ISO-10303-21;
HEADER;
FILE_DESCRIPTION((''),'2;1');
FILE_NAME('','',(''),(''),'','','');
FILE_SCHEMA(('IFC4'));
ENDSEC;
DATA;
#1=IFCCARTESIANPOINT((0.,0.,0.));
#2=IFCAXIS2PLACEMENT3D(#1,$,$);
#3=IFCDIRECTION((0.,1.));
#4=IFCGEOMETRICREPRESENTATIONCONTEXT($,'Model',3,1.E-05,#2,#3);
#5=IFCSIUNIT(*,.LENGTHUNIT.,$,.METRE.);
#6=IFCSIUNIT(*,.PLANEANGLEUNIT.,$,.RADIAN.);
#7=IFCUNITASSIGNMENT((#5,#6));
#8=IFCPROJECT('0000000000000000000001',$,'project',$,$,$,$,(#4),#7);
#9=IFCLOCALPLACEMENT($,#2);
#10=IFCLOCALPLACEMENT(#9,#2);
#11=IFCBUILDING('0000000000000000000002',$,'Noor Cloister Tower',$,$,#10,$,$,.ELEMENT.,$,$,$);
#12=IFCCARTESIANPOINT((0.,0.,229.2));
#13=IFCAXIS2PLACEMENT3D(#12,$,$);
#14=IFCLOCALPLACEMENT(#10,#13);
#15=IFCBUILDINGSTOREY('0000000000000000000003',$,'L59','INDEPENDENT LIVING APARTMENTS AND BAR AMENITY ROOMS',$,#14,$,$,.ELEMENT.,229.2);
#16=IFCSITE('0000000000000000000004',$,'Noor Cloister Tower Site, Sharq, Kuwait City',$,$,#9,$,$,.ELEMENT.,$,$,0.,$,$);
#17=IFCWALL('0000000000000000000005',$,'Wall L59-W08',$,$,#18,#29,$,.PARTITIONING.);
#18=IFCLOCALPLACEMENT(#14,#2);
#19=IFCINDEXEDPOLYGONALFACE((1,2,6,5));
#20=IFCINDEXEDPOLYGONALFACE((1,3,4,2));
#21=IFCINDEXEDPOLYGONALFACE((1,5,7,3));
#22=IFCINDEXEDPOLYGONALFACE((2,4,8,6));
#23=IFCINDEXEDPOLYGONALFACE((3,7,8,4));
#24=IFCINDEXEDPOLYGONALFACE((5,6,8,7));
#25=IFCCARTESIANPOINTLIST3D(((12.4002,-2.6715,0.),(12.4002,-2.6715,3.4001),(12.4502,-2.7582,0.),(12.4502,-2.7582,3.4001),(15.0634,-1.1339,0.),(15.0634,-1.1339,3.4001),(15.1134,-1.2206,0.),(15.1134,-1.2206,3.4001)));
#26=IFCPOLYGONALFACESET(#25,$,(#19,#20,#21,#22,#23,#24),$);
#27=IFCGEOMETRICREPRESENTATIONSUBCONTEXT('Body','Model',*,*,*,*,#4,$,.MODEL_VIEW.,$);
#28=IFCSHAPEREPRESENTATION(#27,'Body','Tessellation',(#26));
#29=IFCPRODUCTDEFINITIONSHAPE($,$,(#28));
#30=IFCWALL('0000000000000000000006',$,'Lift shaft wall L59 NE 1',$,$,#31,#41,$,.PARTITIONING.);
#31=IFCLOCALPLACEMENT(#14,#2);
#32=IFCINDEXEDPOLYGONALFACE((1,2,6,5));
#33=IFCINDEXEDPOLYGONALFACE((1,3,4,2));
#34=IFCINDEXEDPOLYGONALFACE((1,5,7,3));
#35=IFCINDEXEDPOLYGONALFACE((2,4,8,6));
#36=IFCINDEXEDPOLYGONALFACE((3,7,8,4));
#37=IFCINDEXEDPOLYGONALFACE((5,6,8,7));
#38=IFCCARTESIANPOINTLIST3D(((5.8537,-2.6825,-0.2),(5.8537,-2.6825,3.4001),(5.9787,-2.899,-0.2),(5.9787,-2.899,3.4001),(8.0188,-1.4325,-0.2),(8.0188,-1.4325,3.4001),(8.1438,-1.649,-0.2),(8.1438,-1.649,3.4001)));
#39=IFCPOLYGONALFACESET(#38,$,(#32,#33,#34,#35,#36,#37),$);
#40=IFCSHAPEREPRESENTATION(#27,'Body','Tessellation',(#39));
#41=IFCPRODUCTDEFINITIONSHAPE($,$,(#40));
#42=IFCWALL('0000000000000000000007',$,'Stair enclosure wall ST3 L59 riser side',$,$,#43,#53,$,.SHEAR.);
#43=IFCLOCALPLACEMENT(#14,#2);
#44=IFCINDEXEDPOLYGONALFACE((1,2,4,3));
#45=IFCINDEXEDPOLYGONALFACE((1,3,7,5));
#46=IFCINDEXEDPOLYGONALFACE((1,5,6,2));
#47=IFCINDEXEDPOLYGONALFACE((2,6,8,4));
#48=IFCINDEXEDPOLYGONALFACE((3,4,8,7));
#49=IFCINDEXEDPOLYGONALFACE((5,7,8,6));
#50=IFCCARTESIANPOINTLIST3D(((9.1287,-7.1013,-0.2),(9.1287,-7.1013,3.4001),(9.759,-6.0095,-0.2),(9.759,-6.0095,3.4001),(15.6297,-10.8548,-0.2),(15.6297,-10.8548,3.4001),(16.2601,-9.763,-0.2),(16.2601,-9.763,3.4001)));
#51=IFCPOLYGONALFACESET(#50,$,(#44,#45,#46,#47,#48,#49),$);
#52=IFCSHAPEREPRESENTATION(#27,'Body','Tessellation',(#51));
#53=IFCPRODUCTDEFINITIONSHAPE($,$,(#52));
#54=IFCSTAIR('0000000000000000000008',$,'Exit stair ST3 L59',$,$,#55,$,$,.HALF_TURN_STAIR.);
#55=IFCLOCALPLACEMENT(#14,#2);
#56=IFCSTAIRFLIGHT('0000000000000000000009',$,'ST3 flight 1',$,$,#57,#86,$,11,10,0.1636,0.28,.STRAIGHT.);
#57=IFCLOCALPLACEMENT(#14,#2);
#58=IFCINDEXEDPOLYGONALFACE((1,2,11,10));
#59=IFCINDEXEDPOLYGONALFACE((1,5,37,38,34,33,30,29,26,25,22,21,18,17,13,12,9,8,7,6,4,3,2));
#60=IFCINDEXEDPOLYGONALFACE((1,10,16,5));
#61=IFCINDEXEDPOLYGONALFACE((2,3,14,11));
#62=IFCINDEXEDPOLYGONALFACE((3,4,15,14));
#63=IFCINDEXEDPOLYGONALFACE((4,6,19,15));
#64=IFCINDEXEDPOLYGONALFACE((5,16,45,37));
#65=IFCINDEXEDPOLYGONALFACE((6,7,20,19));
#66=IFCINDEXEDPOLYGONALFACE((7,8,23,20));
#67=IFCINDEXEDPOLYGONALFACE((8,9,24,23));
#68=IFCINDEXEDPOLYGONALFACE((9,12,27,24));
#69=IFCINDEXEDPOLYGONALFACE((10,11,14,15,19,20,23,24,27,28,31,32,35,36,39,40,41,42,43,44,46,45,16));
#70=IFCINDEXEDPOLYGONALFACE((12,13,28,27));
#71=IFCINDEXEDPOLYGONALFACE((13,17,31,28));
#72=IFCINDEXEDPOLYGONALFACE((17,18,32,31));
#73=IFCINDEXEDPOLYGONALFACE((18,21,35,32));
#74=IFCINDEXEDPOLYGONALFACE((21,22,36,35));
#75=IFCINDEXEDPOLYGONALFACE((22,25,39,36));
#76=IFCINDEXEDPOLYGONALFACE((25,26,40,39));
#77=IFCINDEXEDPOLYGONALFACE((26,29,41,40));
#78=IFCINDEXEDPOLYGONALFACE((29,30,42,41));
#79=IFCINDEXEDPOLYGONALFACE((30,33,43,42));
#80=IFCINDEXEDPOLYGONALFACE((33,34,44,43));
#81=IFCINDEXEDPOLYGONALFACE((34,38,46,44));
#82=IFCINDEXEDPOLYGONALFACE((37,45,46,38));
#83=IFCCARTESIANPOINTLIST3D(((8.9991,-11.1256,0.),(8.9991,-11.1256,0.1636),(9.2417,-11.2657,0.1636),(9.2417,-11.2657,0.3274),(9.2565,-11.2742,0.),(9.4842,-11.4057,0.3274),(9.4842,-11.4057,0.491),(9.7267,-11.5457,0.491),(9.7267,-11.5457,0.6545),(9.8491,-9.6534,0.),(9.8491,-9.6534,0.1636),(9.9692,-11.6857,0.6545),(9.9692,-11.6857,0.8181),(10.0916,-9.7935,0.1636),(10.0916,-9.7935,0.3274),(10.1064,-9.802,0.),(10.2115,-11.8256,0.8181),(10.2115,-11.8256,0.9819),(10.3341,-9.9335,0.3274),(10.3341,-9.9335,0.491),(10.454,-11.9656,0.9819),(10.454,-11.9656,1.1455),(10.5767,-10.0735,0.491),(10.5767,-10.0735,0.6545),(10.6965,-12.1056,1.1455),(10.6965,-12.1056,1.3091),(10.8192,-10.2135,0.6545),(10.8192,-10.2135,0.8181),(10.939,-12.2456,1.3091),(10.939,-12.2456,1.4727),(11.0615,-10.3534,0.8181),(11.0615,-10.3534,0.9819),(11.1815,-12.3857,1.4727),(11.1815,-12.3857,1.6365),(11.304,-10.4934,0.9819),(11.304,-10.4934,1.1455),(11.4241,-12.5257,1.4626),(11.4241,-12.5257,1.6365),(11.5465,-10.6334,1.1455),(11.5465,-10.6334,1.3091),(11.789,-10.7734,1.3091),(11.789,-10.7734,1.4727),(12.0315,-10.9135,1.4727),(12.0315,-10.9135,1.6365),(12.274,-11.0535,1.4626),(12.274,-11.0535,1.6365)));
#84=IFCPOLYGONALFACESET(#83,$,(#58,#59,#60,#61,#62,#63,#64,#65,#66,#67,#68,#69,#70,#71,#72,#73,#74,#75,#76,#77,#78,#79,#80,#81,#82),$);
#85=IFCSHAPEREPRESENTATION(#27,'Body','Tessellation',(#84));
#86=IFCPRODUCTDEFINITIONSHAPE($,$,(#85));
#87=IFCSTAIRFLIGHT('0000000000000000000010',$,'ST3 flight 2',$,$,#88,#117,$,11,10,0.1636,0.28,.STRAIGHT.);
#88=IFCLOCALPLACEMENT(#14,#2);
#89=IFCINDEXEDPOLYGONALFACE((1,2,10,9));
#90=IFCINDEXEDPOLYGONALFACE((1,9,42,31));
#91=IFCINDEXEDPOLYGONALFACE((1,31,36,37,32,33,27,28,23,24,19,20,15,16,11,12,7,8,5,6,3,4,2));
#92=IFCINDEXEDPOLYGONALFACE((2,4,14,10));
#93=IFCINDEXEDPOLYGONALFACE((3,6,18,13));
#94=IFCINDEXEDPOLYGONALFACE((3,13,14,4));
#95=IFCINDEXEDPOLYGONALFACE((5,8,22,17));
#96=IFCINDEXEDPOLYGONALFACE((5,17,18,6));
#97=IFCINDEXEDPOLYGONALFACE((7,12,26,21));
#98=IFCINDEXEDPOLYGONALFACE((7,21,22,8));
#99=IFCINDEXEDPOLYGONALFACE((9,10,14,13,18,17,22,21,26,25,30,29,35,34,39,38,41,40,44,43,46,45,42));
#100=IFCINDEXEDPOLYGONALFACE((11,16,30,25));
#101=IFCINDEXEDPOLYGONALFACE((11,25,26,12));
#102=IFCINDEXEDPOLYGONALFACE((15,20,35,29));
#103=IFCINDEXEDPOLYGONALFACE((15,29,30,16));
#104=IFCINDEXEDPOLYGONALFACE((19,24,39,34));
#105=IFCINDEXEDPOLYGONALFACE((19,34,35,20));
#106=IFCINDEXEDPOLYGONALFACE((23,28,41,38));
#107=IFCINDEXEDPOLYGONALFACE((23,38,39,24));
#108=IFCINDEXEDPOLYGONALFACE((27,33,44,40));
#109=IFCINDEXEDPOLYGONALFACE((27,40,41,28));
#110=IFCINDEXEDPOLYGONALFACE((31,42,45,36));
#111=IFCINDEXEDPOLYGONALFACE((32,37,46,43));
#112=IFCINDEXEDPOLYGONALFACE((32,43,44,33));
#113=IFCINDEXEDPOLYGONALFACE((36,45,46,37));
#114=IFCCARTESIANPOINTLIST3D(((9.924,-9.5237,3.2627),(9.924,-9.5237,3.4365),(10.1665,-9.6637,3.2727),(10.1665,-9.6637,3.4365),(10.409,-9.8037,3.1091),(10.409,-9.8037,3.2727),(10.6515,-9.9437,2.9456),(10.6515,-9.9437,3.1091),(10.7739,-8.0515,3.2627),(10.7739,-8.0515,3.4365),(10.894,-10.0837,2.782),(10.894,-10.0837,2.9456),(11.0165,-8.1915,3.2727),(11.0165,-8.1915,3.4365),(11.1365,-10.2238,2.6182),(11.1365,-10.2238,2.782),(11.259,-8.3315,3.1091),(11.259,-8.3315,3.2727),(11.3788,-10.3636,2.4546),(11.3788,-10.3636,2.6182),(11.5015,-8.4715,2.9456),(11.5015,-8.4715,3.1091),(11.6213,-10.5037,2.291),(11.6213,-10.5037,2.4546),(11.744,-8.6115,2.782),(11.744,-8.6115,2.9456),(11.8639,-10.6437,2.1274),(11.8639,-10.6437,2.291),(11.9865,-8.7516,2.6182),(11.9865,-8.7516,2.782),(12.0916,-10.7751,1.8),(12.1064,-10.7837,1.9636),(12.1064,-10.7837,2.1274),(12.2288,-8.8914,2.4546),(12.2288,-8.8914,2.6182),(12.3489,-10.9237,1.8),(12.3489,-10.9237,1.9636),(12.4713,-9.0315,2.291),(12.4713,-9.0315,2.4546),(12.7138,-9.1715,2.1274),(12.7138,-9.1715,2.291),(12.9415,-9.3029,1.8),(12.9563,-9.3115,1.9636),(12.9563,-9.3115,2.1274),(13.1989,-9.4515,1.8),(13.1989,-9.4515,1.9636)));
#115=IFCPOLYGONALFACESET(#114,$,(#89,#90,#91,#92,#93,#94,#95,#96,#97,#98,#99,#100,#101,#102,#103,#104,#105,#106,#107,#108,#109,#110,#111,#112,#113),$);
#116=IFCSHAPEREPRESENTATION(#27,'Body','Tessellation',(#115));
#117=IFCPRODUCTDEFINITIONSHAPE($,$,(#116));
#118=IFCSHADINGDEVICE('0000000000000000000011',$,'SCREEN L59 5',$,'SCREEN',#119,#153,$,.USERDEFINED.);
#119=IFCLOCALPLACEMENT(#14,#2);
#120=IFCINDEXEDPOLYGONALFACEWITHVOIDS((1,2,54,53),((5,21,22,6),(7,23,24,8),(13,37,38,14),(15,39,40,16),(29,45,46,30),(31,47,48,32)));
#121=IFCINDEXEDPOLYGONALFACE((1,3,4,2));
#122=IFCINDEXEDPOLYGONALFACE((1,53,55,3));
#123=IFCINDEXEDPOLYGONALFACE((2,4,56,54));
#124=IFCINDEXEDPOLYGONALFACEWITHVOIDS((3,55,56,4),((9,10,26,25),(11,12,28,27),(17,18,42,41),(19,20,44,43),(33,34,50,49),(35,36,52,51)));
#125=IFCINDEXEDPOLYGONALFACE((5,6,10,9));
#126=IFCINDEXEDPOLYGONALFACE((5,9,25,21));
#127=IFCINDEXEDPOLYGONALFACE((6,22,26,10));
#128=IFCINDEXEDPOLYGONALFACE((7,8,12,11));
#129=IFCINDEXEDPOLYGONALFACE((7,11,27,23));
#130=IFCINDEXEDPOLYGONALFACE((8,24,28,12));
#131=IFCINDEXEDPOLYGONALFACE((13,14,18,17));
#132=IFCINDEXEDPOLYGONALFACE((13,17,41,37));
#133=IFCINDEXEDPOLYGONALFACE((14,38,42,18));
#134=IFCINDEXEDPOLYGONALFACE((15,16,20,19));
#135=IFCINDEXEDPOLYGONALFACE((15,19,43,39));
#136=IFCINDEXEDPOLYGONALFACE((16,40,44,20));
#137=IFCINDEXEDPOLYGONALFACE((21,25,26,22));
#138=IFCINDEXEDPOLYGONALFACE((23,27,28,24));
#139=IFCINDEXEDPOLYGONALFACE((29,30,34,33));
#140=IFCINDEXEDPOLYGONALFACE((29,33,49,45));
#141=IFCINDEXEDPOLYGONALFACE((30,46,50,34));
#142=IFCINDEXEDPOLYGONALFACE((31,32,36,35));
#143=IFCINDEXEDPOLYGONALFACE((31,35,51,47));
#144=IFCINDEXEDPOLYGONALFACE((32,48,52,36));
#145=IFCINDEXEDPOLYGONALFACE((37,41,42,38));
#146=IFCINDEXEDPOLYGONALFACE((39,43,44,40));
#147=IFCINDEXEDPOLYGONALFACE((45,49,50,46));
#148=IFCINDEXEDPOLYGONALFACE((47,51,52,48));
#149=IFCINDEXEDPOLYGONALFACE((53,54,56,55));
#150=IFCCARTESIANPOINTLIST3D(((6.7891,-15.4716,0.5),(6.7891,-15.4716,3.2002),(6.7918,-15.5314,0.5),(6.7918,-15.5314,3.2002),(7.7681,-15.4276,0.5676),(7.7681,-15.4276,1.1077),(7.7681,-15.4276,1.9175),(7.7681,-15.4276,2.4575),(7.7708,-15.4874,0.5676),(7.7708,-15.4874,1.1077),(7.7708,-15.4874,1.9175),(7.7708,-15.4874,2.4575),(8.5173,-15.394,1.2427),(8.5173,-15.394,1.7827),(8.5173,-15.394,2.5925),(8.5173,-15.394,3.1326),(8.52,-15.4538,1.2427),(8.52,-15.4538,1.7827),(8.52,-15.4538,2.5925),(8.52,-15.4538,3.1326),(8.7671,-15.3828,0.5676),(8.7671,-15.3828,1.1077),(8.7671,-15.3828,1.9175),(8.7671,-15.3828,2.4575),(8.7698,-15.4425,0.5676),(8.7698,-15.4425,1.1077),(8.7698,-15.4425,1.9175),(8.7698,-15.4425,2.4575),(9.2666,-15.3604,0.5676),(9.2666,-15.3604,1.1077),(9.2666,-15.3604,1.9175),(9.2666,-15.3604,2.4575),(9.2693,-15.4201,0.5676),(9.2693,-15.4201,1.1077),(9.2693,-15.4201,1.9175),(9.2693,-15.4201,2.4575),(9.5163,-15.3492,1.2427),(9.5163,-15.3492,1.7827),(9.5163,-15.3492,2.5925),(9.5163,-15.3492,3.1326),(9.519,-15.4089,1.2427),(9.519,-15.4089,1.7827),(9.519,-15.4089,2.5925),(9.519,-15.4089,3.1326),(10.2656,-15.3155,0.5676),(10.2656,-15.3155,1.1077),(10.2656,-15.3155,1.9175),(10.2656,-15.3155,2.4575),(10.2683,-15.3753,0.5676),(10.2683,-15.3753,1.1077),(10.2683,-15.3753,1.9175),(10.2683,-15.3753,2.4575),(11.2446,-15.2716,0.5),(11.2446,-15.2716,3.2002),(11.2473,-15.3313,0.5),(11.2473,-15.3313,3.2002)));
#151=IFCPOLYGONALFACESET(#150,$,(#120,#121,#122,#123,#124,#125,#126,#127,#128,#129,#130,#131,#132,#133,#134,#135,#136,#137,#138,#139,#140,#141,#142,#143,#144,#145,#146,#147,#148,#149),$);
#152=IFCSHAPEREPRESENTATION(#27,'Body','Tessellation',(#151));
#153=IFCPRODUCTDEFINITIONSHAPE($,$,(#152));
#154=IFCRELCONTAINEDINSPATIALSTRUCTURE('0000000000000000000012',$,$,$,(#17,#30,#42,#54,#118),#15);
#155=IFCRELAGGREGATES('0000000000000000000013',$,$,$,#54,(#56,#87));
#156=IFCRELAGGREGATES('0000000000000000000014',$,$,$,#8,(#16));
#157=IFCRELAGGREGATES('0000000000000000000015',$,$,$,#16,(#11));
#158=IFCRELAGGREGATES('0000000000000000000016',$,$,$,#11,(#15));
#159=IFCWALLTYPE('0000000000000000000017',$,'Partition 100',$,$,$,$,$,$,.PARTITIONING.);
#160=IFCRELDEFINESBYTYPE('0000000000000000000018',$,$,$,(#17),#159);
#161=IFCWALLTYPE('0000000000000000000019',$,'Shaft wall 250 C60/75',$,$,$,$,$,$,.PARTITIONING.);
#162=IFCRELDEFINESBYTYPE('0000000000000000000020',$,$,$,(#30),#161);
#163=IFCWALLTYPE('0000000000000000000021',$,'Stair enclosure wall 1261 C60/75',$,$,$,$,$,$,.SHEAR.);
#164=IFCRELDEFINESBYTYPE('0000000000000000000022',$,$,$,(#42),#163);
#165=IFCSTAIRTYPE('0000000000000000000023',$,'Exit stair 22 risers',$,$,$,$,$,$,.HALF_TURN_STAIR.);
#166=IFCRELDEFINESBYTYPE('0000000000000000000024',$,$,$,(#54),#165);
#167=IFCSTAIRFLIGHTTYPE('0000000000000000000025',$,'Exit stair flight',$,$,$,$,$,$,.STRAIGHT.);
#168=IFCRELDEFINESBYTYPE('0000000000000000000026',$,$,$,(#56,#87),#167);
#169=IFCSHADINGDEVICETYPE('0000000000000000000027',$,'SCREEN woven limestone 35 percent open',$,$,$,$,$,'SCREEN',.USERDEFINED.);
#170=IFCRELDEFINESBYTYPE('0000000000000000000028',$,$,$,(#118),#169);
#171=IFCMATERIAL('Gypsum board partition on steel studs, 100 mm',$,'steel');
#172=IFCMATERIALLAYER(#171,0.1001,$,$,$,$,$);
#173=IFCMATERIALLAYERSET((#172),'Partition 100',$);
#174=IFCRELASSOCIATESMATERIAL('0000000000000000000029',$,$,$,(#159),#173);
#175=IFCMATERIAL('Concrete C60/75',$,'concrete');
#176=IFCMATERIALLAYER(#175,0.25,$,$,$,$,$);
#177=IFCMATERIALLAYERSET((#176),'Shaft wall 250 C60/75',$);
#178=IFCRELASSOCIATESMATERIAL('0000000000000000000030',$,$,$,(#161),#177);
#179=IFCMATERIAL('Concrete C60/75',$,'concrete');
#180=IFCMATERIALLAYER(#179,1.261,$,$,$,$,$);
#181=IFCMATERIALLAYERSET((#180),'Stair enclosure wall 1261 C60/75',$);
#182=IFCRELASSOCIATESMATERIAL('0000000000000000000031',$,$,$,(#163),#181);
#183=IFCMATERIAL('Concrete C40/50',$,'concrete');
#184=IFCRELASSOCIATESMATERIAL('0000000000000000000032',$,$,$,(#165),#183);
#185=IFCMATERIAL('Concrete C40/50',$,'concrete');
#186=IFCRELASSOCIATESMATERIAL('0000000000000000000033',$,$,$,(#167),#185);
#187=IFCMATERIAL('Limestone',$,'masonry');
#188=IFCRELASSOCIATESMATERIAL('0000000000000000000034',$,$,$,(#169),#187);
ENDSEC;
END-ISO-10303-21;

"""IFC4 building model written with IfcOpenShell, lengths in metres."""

from ifc_helpers import new_model, si_unit, direction, frame, frame_2d, origin, place, context, subcontext, project, spatial, polyline, rectangle, outline, extrude, material, layer, layer_set, material_profile, profile_set, type_object, element, aggregate, save


model = new_model("IFC4")

# Units and contexts
model_context = context("Model", 3, precision=1e-05, world=origin(), true_north=direction((0.0, 1.0)))
body_context = subcontext(model_context, "Body", "Model", "MODEL_VIEW")
ifc_project = project(units=[si_unit("LENGTHUNIT", "METRE"), si_unit("PLANEANGLEUNIT", "RADIAN")], contexts=[model_context])

# Site, building, storey
site_placement = place(None, origin())
site = spatial("IfcSite", under=ifc_project, at=site_placement, Name="Noor Cloister Tower Site, Sharq, Kuwait City", CompositionType="ELEMENT", RefElevation=0.0)
building_placement = place(site_placement, origin())
building = spatial("IfcBuilding", under=site, at=building_placement, Name="Noor Cloister Tower", CompositionType="ELEMENT")
storey_placement = place(building_placement, frame((0.0, 0.0, 229.2)))
storey = spatial("IfcBuildingStorey", under=building, at=storey_placement, Name="L59", Description="INDEPENDENT LIVING APARTMENTS AND BAR AMENITY ROOMS", CompositionType="ELEMENT", Elevation=229.2)

# Walls
ifc_material_1 = material(Name="Gypsum board partition on steel studs, 100 mm", Category="steel")
ifc_layer_1 = layer(ifc_material_1, 0.1001)
ifc_layer_set_1 = layer_set([ifc_layer_1], Name="Partition 100")
wall_type_1 = type_object("IfcWallType", Name="Partition 100", PredefinedType="PARTITIONING", material=ifc_layer_set_1)
wall_1_placement = place(storey_placement, frame((15.0884, -1.1772, 0.0), z_axis=(0.0, 0.0, 1.0), x_axis=(-0.866016, -0.500016, 0.0)))
element("IfcWall", 1, at=wall_1_placement, inside=storey, type_object=wall_type_1, Name="Wall L59-W08", PredefinedType="PARTITIONING", context=body_context, shape_type="SweptSolid", body=[
    extrude(rectangle(XDim=3.0752, YDim=0.1001, at=frame_2d((1.5376, 0.0))), origin(), (0.0, 0.0, 1.0), 3.4001),
])
ifc_material_2 = material(Name="Concrete C60/75", Category="concrete")
ifc_layer_2 = layer(ifc_material_2, 0.25)
ifc_layer_set_2 = layer_set([ifc_layer_2], Name="Shaft wall 250 C60/75")
wall_type_2 = type_object("IfcWallType", Name="Shaft wall 250 C60/75", PredefinedType="PARTITIONING", material=ifc_layer_set_2)
wall_2_placement = place(storey_placement, frame((8.0813, -1.5408, -0.2), z_axis=(0.0, 0.0, 1.0), x_axis=(-0.866023, -0.500004, 0.0)))
element("IfcWall", 2, at=wall_2_placement, inside=storey, type_object=wall_type_2, Name="Lift shaft wall L59 NE 1", PredefinedType="PARTITIONING", context=body_context, shape_type="SweptSolid", body=[
    extrude(rectangle(XDim=2.5, YDim=0.25, at=frame_2d((1.25, 0.0))), origin(), (0.0, 0.0, 1.0), 3.6001),
])
ifc_material_3 = material(Name="Concrete C60/75", Category="concrete")
ifc_layer_3 = layer(ifc_material_3, 1.261)
ifc_layer_set_3 = layer_set([ifc_layer_3], Name="Stair enclosure wall 1261 C60/75")
wall_type_3 = type_object("IfcWallType", Name="Stair enclosure wall 1261 C60/75", PredefinedType="SHEAR", material=ifc_layer_set_3)
wall_3_placement = place(storey_placement, frame((9.4438, -6.5554, -0.2), z_axis=(0.0, 0.0, 1.0), x_axis=(0.866021, -0.500008, 0.0)))
element("IfcWall", 3, at=wall_3_placement, inside=storey, type_object=wall_type_3, Name="Stair enclosure wall ST3 L59 riser side", PredefinedType="SHEAR", context=body_context, shape_type="SweptSolid", body=[
    extrude(rectangle(XDim=7.5068, YDim=1.2607, at=frame_2d((3.7534, 0.0))), origin(), (0.0, 0.0, 1.0), 3.6001),
])

# Stair, stair flights
ifc_material_4 = material(Name="Concrete C40/50", Category="concrete")
stair_type = type_object("IfcStairType", Name="Exit stair 22 risers", PredefinedType="HALF_TURN_STAIR", material=ifc_material_4)
stair_placement = place(storey_placement, origin())
stair = element("IfcStair", 4, at=stair_placement, inside=storey, type_object=stair_type, Name="Exit stair ST3 L59", PredefinedType="HALF_TURN_STAIR")
ifc_material_5 = material(Name="Concrete C40/50", Category="concrete")
stair_flight_type = type_object("IfcStairFlightType", Name="Exit stair flight", PredefinedType="STRAIGHT", material=ifc_material_5)
stair_flight_1_placement = place(storey_placement, frame((9.4241, -10.3896, 0.0), z_axis=(0.0, 0.0, 1.0), x_axis=(0.866025, -0.5, 0.0)))
stair_flight_1 = element("IfcStairFlight", 5, at=stair_flight_1_placement, type_object=stair_flight_type, Name="ST3 flight 1", NumberOfRisers=11, NumberOfTreads=10, PredefinedType="STRAIGHT", RiserHeight=0.1636, TreadLength=0.28, context=body_context, shape_type="SweptSolid", body=[
    extrude(outline(polyline([(0.0, 0.0), (0.0, 0.1636), (0.28, 0.1636), (0.28, 0.3274), (0.5601, 0.3274), (0.5601, 0.491), (0.8401, 0.491), (0.8401, 0.6545), (1.1201, 0.6545), (1.1201, 0.8181), (1.3999, 0.8181), (1.3999, 0.9819), (1.6799, 0.9819), (1.6799, 1.1455), (1.96, 1.1455), (1.96, 1.3091), (2.24, 1.3091), (2.24, 1.4727), (2.52, 1.4727), (2.52, 1.6365), (2.8, 1.6365), (2.8, 1.8), (2.8, 1.4626), (0.2971, 0.0), (0.0, 0.0)])), frame((0.0, 0.8501, 0.0), z_axis=(0.0, -1.0, 0.0), x_axis=(1.0, 0.0, 0.0)), (0.0, 0.0, 1.0), 1.7),
])
stair_flight_2_placement = place(storey_placement, frame((12.7739, -10.1875, 1.8), z_axis=(0.0, 0.0, 1.0), x_axis=(-0.866025, 0.5, 0.0)))
stair_flight_2 = element("IfcStairFlight", 6, at=stair_flight_2_placement, type_object=stair_flight_type, Name="ST3 flight 2", NumberOfRisers=11, NumberOfTreads=10, PredefinedType="STRAIGHT", RiserHeight=0.1636, TreadLength=0.28, context=body_context, shape_type="SweptSolid", body=[
    extrude(outline(polyline([(0.0, 0.0), (0.0, 0.1636), (0.28, 0.1636), (0.28, 0.3274), (0.5601, 0.3274), (0.5601, 0.491), (0.8401, 0.491), (0.8401, 0.6545), (1.1201, 0.6545), (1.1201, 0.8181), (1.3999, 0.8181), (1.3999, 0.9819), (1.6799, 0.9819), (1.6799, 1.1455), (1.96, 1.1455), (1.96, 1.3091), (2.24, 1.3091), (2.24, 1.4727), (2.52, 1.4727), (2.52, 1.6365), (2.8, 1.6365), (2.8, 1.8), (2.8, 1.4626), (0.2971, 0.0), (0.0, 0.0)])), frame((0.0, 0.8501, 0.0), z_axis=(0.0, -1.0, 0.0), x_axis=(1.0, 0.0, 0.0)), (0.0, 0.0, 1.0), 1.7),
])
aggregate(stair, [stair_flight_1, stair_flight_2])

# Shading device
ifc_material_6 = material(Name="Limestone", Category="masonry")
ifc_material_profile_1 = material_profile(ifc_material_6, outline(polyline([(-2.23, -1.3501), (2.23, -1.3501), (2.23, 1.3501), (-2.23, 1.3501), (-2.23, -1.3501)]), holes=[polyline([(-1.25, -1.2825), (-0.25, -1.2825), (-0.25, -0.7424), (-1.25, -0.7424), (-1.25, -1.2825)]), polyline([(0.25, -1.2825), (1.25, -1.2825), (1.25, -0.7424), (0.25, -0.7424), (0.25, -1.2825)]), polyline([(-0.5, -0.6074), (0.5, -0.6074), (0.5, -0.0674), (-0.5, -0.0674), (-0.5, -0.6074)]), polyline([(-1.25, 0.0674), (-0.25, 0.0674), (-0.25, 0.6074), (-1.25, 0.6074), (-1.25, 0.0674)]), polyline([(0.25, 0.0674), (1.25, 0.0674), (1.25, 0.6074), (0.25, 0.6074), (0.25, 0.0674)]), polyline([(-0.5, 0.7424), (0.5, 0.7424), (0.5, 1.2825), (-0.5, 1.2825), (-0.5, 0.7424)])]), Name="Woven screen 35 percent open")
ifc_profile_set_1 = profile_set([ifc_material_profile_1], Name="Limestone")
shading_device_type = type_object("IfcShadingDeviceType", Name="SCREEN woven limestone 35 percent open", ElementType="SCREEN", PredefinedType="USERDEFINED", material=ifc_profile_set_1)
shading_device_1_placement = place(storey_placement, frame((9.0168, -15.3716, 1.8501), z_axis=(0.044853, -0.998994, 0.0), x_axis=(0.998994, 0.044853, 0.0)))
element("IfcShadingDevice", 7, at=shading_device_1_placement, inside=storey, type_object=shading_device_type, Name="SCREEN L59 5", ObjectType="SCREEN", PredefinedType="USERDEFINED", context=body_context, shape_type="SweptSolid", body=[
    extrude(outline(polyline([(-2.23, -1.3501), (2.23, -1.3501), (2.23, 1.3501), (-2.23, 1.3501), (-2.23, -1.3501)]), holes=[polyline([(-1.25, -1.2825), (-0.25, -1.2825), (-0.25, -0.7424), (-1.25, -0.7424), (-1.25, -1.2825)]), polyline([(0.25, -1.2825), (1.25, -1.2825), (1.25, -0.7424), (0.25, -0.7424), (0.25, -1.2825)]), polyline([(-0.5, -0.6074), (0.5, -0.6074), (0.5, -0.0674), (-0.5, -0.0674), (-0.5, -0.6074)]), polyline([(-1.25, 0.0674), (-0.25, 0.0674), (-0.25, 0.6074), (-1.25, 0.6074), (-1.25, 0.0674)]), polyline([(0.25, 0.0674), (1.25, 0.0674), (1.25, 0.6074), (0.25, 0.6074), (0.25, 0.0674)]), polyline([(-0.5, 0.7424), (0.5, 0.7424), (0.5, 1.2825), (-0.5, 1.2825), (-0.5, 0.7424)])]), origin(), (0.0, 0.0, 1.0), 0.0598),
])

save(model, "model.ifc")
